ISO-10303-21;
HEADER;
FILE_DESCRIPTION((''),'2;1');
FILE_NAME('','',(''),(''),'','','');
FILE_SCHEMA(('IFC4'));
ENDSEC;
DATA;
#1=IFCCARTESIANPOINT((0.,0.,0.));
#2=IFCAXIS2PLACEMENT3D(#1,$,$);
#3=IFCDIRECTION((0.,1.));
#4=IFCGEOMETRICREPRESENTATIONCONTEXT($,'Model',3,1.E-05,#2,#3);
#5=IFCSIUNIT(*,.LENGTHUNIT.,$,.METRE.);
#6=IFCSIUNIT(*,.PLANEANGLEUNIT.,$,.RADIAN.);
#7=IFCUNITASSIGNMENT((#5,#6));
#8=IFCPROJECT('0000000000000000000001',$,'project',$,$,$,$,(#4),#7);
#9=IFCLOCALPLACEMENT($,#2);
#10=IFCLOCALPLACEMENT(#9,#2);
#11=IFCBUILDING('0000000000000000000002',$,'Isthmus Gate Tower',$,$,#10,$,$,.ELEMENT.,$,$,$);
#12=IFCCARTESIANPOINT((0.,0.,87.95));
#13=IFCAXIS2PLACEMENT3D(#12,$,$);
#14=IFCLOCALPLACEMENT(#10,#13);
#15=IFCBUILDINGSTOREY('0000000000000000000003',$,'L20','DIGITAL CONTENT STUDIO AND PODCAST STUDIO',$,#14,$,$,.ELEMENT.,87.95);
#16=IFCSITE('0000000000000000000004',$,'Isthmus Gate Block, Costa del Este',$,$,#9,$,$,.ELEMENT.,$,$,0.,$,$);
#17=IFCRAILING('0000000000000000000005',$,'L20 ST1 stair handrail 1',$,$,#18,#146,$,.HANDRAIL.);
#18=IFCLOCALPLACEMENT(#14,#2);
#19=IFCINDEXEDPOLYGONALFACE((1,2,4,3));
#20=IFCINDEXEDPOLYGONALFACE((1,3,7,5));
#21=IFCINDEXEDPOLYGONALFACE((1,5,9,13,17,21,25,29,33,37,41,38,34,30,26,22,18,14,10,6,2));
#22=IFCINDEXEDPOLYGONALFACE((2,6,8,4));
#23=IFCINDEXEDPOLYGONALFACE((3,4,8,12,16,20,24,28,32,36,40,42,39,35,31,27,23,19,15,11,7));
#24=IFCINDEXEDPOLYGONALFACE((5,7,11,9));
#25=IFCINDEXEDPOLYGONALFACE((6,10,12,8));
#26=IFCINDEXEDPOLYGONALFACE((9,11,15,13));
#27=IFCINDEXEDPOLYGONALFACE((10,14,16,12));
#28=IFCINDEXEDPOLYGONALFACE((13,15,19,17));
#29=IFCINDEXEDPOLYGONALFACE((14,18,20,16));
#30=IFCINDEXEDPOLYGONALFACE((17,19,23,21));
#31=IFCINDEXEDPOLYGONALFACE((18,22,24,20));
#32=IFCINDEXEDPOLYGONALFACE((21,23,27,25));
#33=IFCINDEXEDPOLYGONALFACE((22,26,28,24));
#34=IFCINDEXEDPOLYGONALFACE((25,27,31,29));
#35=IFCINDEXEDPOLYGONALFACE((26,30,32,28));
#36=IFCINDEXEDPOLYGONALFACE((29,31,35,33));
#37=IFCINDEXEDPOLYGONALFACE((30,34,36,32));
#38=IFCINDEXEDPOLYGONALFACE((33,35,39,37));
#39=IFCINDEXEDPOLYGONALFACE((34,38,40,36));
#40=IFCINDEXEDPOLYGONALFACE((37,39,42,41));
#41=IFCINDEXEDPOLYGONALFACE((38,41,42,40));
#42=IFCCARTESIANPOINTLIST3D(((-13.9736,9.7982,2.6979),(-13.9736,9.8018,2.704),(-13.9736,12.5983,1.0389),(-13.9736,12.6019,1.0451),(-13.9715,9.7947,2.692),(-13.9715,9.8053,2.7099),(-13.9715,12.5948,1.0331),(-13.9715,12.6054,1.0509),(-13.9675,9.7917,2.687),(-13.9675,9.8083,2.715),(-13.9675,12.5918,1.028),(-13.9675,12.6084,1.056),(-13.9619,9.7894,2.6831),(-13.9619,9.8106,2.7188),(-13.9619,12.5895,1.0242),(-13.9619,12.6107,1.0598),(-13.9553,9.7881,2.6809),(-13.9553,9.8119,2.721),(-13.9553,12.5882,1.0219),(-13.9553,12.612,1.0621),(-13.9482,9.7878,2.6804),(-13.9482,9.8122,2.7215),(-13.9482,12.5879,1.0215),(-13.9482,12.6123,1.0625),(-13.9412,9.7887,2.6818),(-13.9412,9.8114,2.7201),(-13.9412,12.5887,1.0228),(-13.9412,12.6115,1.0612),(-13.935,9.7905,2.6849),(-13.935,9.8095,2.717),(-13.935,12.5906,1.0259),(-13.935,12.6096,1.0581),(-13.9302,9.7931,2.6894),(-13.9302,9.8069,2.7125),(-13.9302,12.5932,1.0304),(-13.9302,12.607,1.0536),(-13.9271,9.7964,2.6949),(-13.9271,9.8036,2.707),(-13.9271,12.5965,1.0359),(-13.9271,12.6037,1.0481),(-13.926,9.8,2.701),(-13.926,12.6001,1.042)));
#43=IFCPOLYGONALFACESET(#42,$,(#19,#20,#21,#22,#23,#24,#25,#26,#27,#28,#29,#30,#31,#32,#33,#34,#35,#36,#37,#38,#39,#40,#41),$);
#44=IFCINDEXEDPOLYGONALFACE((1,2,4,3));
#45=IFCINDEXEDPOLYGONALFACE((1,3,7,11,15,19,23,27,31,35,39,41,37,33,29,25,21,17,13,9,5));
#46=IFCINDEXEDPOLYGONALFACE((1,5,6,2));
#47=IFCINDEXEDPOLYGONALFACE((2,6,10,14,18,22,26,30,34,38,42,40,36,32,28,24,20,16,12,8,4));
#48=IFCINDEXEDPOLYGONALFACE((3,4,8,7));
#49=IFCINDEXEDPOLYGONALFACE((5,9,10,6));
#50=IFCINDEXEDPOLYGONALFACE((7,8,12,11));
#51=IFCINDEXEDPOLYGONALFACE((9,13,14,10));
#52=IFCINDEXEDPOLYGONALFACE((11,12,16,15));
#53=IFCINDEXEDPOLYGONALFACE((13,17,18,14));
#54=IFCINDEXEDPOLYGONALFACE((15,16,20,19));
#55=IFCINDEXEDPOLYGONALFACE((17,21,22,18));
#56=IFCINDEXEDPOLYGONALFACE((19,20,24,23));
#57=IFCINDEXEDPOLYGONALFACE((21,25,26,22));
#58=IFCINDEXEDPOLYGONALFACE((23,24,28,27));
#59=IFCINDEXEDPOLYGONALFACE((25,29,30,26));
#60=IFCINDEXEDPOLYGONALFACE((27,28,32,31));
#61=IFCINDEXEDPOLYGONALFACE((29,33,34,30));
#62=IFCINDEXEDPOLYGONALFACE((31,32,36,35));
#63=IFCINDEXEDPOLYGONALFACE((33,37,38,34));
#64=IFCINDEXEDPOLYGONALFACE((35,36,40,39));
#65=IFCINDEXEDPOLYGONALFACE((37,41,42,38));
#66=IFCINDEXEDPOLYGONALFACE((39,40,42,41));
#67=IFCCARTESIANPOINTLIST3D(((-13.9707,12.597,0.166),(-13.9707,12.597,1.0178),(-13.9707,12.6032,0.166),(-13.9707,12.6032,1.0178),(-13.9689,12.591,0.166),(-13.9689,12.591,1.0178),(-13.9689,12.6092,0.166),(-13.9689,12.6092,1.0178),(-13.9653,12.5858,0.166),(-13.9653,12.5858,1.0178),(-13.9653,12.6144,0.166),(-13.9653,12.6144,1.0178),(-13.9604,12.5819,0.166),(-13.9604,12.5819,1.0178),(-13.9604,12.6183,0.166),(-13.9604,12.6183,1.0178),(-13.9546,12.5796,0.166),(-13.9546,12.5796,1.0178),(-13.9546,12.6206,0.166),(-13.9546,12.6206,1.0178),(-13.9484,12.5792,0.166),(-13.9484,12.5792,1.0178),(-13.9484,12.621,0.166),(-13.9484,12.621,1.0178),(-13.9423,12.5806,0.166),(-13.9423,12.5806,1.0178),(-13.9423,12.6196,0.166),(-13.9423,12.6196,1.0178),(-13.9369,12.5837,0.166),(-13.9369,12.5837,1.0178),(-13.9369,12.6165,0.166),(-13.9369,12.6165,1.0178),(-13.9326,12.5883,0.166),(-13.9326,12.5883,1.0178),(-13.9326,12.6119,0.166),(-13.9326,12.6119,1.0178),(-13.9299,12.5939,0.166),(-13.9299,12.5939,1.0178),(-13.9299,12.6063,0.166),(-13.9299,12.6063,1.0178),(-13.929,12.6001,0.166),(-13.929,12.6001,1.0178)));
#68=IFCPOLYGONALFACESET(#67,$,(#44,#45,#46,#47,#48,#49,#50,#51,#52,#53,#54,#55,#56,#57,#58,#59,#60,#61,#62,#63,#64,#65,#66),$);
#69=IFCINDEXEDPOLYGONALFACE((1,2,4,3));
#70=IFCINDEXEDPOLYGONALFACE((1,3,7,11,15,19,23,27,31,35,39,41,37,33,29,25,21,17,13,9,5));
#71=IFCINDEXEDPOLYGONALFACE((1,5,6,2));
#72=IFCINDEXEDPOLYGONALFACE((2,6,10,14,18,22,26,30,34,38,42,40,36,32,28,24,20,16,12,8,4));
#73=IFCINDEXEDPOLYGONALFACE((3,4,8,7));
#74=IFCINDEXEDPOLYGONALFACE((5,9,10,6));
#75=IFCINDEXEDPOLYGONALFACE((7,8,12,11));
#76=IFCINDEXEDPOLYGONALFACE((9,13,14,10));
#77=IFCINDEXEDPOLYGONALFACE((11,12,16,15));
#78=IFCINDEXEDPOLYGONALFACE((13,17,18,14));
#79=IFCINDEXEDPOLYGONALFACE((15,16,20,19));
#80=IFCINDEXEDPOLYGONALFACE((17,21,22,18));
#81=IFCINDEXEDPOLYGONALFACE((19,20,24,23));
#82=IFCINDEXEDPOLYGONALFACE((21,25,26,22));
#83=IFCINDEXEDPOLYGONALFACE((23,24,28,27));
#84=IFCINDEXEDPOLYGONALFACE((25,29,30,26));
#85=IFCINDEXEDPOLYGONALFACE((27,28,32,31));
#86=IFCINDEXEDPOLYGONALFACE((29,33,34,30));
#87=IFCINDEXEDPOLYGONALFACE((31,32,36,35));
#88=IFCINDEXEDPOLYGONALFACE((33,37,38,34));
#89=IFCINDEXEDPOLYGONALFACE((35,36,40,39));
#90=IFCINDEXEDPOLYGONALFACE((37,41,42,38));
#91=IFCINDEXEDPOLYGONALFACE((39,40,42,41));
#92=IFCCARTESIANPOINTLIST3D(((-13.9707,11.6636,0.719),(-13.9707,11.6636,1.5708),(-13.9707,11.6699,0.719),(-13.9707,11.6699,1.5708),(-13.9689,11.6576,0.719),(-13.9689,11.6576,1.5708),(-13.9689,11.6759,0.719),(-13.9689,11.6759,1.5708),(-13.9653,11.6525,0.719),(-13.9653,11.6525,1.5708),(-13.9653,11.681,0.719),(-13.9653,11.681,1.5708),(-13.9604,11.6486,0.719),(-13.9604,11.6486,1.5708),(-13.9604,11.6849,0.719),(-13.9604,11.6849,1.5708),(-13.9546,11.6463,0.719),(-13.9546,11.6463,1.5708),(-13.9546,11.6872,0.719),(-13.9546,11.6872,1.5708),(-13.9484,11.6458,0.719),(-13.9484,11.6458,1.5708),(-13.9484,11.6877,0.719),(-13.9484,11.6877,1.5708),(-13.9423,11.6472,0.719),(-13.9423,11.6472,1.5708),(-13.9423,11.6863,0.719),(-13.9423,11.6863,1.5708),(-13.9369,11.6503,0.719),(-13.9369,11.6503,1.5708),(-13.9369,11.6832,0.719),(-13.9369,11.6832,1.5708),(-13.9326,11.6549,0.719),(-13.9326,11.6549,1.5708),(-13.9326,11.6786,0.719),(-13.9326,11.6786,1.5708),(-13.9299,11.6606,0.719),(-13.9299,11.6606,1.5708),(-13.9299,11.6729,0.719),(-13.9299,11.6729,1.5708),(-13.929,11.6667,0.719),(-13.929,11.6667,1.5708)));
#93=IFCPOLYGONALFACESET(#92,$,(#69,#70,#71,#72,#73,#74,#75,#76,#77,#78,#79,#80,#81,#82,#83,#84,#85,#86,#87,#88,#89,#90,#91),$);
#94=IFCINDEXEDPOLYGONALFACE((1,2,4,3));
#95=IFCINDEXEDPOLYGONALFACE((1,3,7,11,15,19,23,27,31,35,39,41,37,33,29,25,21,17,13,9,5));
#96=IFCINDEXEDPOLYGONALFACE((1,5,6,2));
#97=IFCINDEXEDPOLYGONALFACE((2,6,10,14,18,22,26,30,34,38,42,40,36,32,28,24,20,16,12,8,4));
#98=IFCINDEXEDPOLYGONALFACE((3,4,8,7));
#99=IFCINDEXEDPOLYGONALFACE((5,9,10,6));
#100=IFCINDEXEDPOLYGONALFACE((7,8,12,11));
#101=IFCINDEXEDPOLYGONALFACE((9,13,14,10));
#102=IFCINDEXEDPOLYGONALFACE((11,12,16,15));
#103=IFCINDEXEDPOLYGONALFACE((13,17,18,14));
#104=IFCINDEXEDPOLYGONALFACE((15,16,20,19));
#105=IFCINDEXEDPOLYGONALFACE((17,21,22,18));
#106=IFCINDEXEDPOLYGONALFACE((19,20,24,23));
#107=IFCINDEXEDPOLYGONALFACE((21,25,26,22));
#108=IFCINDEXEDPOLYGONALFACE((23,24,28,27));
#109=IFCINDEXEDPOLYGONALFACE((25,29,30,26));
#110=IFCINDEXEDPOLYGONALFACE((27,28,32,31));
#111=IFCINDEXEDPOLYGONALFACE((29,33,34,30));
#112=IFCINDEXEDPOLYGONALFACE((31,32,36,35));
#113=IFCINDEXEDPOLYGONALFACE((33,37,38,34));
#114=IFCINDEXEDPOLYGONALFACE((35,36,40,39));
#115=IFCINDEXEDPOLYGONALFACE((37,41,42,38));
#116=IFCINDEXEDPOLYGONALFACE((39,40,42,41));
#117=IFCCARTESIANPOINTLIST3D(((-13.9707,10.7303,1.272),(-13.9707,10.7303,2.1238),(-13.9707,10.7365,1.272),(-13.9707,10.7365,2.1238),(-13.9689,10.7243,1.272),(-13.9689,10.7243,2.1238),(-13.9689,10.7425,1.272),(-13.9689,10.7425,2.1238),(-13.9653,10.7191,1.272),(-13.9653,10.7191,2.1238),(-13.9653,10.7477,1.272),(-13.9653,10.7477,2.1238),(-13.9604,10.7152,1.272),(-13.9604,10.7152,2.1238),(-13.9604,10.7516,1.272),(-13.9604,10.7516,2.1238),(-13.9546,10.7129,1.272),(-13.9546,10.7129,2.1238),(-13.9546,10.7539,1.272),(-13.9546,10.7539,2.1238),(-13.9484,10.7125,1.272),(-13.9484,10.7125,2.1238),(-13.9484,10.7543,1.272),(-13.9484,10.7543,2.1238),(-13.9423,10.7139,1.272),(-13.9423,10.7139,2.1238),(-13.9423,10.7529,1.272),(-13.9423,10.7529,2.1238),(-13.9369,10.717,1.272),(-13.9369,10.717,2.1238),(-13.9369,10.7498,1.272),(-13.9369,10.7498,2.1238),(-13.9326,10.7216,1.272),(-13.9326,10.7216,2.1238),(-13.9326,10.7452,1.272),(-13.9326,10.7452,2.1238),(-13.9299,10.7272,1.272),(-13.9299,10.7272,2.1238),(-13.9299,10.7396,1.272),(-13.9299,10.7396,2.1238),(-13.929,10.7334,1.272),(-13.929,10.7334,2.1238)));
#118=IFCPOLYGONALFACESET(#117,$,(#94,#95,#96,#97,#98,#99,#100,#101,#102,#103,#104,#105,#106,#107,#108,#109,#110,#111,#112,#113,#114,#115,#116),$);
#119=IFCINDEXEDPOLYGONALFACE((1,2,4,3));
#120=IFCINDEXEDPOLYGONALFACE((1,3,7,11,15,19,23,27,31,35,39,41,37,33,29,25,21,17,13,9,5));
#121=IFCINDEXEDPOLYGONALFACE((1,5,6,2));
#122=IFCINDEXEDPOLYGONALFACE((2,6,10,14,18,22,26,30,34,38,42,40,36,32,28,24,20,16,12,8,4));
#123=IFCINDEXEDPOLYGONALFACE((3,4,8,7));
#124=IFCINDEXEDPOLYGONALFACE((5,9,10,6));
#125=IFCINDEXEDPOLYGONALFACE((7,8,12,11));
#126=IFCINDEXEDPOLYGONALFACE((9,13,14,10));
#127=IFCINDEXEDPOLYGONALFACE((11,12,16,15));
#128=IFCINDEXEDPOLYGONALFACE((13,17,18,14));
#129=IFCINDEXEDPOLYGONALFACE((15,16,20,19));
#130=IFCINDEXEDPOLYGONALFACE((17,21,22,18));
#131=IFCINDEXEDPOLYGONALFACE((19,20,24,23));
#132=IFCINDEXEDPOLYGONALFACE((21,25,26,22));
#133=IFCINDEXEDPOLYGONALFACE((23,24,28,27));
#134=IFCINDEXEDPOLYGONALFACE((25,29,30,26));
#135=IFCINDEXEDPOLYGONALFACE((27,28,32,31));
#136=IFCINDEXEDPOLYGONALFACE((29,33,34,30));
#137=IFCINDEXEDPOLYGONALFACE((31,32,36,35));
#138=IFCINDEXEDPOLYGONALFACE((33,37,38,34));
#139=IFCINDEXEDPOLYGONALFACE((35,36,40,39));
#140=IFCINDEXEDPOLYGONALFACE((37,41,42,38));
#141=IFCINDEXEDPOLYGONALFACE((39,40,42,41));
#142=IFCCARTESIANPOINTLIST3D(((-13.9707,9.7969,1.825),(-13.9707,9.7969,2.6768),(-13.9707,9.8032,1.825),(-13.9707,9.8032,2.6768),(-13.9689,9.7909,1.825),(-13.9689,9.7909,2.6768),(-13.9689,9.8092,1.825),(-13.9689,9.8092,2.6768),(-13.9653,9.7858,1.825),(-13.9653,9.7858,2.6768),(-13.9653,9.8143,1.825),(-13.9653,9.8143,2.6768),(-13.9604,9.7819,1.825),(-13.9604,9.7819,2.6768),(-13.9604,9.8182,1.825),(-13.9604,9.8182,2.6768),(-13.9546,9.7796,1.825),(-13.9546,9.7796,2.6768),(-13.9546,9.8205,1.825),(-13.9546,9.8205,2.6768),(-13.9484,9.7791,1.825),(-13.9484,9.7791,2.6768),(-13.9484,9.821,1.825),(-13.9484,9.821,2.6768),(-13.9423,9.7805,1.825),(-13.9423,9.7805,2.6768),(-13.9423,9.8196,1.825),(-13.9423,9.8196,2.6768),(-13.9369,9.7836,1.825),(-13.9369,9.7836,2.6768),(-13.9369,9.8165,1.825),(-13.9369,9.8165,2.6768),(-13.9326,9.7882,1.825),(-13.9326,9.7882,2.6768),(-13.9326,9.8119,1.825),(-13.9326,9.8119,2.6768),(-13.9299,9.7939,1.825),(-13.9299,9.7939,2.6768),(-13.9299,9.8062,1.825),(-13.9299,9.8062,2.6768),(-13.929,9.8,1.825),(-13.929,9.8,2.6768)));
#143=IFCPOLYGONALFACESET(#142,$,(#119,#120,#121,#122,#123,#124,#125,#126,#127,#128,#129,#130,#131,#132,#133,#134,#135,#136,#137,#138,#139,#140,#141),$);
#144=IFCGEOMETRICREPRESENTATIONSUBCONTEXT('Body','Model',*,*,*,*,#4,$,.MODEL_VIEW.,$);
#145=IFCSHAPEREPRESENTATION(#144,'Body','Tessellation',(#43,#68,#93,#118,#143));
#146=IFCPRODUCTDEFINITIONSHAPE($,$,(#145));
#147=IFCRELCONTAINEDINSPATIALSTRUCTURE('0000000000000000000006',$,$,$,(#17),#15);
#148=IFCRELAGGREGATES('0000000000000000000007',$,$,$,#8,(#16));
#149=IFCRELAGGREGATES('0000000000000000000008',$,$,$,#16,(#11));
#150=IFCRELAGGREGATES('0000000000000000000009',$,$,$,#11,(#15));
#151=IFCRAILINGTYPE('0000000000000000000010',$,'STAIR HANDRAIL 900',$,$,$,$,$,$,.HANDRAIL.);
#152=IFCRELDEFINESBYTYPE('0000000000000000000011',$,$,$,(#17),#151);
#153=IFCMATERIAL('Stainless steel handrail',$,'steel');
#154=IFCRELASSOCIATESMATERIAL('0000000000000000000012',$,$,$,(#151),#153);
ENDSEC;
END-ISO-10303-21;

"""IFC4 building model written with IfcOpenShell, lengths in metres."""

from ifc_helpers import new_model, si_unit, direction, frame, origin, origin_2d, place, context, subcontext, project, spatial, circle, extrude, material, type_object, element, save


model = new_model("IFC4")

# Units and contexts
model_context = context("Model", 3, precision=1e-05, world=origin(), true_north=direction((0.0, 1.0)))
body_context = subcontext(model_context, "Body", "Model", "MODEL_VIEW")
ifc_project = project(units=[si_unit("LENGTHUNIT", "METRE"), si_unit("PLANEANGLEUNIT", "RADIAN")], contexts=[model_context])

# Site, building, storey
site_placement = place(None, origin())
site = spatial("IfcSite", under=ifc_project, at=site_placement, Name="Isthmus Gate Block, Costa del Este", CompositionType="ELEMENT", RefElevation=0.0)
building_placement = place(site_placement, origin())
building = spatial("IfcBuilding", under=site, at=building_placement, Name="Isthmus Gate Tower", CompositionType="ELEMENT")
storey_placement = place(building_placement, frame((0.0, 0.0, 87.95)))
storey = spatial("IfcBuildingStorey", under=building, at=storey_placement, Name="L20", Description="DIGITAL CONTENT STUDIO AND PODCAST STUDIO", CompositionType="ELEMENT", Elevation=87.95)

# Railing
ifc_material_1 = material(Name="Stainless steel handrail", Category="steel")
railing_type_1 = type_object("IfcRailingType", Name="STAIR HANDRAIL 900", PredefinedType="HANDRAIL", material=ifc_material_1)
railing_1_placement = place(storey_placement, frame((-13.95, 12.6001, 0.166)))
element("IfcRailing", 1, at=railing_1_placement, inside=storey, type_object=railing_type_1, Name="L20 ST1 stair handrail 1", PredefinedType="HANDRAIL", context=body_context, shape_type="SweptSolid", body=[
    extrude(circle(Radius=0.0239, at=origin_2d()), frame((0.0, 0.0, 0.876), z_axis=(0.0, -0.860339, 0.509722), x_axis=(1.0, 0.0, 0.0)), (0.0, 0.0, 1.0), 3.2546),
    extrude(circle(Radius=0.021, at=origin_2d()), origin(), (0.0, 0.0, 1.0), 0.8518),
    extrude(circle(Radius=0.021, at=origin_2d()), frame((0.0, -0.9333, 0.553)), (0.0, 0.0, 1.0), 0.8518),
    extrude(circle(Radius=0.021, at=origin_2d()), frame((0.0, -1.8667, 1.106)), (0.0, 0.0, 1.0), 0.8518),
    extrude(circle(Radius=0.021, at=origin_2d()), frame((0.0, -2.8, 1.6589)), (0.0, 0.0, 1.0), 0.8518),
])

save(model, "model.ifc")
